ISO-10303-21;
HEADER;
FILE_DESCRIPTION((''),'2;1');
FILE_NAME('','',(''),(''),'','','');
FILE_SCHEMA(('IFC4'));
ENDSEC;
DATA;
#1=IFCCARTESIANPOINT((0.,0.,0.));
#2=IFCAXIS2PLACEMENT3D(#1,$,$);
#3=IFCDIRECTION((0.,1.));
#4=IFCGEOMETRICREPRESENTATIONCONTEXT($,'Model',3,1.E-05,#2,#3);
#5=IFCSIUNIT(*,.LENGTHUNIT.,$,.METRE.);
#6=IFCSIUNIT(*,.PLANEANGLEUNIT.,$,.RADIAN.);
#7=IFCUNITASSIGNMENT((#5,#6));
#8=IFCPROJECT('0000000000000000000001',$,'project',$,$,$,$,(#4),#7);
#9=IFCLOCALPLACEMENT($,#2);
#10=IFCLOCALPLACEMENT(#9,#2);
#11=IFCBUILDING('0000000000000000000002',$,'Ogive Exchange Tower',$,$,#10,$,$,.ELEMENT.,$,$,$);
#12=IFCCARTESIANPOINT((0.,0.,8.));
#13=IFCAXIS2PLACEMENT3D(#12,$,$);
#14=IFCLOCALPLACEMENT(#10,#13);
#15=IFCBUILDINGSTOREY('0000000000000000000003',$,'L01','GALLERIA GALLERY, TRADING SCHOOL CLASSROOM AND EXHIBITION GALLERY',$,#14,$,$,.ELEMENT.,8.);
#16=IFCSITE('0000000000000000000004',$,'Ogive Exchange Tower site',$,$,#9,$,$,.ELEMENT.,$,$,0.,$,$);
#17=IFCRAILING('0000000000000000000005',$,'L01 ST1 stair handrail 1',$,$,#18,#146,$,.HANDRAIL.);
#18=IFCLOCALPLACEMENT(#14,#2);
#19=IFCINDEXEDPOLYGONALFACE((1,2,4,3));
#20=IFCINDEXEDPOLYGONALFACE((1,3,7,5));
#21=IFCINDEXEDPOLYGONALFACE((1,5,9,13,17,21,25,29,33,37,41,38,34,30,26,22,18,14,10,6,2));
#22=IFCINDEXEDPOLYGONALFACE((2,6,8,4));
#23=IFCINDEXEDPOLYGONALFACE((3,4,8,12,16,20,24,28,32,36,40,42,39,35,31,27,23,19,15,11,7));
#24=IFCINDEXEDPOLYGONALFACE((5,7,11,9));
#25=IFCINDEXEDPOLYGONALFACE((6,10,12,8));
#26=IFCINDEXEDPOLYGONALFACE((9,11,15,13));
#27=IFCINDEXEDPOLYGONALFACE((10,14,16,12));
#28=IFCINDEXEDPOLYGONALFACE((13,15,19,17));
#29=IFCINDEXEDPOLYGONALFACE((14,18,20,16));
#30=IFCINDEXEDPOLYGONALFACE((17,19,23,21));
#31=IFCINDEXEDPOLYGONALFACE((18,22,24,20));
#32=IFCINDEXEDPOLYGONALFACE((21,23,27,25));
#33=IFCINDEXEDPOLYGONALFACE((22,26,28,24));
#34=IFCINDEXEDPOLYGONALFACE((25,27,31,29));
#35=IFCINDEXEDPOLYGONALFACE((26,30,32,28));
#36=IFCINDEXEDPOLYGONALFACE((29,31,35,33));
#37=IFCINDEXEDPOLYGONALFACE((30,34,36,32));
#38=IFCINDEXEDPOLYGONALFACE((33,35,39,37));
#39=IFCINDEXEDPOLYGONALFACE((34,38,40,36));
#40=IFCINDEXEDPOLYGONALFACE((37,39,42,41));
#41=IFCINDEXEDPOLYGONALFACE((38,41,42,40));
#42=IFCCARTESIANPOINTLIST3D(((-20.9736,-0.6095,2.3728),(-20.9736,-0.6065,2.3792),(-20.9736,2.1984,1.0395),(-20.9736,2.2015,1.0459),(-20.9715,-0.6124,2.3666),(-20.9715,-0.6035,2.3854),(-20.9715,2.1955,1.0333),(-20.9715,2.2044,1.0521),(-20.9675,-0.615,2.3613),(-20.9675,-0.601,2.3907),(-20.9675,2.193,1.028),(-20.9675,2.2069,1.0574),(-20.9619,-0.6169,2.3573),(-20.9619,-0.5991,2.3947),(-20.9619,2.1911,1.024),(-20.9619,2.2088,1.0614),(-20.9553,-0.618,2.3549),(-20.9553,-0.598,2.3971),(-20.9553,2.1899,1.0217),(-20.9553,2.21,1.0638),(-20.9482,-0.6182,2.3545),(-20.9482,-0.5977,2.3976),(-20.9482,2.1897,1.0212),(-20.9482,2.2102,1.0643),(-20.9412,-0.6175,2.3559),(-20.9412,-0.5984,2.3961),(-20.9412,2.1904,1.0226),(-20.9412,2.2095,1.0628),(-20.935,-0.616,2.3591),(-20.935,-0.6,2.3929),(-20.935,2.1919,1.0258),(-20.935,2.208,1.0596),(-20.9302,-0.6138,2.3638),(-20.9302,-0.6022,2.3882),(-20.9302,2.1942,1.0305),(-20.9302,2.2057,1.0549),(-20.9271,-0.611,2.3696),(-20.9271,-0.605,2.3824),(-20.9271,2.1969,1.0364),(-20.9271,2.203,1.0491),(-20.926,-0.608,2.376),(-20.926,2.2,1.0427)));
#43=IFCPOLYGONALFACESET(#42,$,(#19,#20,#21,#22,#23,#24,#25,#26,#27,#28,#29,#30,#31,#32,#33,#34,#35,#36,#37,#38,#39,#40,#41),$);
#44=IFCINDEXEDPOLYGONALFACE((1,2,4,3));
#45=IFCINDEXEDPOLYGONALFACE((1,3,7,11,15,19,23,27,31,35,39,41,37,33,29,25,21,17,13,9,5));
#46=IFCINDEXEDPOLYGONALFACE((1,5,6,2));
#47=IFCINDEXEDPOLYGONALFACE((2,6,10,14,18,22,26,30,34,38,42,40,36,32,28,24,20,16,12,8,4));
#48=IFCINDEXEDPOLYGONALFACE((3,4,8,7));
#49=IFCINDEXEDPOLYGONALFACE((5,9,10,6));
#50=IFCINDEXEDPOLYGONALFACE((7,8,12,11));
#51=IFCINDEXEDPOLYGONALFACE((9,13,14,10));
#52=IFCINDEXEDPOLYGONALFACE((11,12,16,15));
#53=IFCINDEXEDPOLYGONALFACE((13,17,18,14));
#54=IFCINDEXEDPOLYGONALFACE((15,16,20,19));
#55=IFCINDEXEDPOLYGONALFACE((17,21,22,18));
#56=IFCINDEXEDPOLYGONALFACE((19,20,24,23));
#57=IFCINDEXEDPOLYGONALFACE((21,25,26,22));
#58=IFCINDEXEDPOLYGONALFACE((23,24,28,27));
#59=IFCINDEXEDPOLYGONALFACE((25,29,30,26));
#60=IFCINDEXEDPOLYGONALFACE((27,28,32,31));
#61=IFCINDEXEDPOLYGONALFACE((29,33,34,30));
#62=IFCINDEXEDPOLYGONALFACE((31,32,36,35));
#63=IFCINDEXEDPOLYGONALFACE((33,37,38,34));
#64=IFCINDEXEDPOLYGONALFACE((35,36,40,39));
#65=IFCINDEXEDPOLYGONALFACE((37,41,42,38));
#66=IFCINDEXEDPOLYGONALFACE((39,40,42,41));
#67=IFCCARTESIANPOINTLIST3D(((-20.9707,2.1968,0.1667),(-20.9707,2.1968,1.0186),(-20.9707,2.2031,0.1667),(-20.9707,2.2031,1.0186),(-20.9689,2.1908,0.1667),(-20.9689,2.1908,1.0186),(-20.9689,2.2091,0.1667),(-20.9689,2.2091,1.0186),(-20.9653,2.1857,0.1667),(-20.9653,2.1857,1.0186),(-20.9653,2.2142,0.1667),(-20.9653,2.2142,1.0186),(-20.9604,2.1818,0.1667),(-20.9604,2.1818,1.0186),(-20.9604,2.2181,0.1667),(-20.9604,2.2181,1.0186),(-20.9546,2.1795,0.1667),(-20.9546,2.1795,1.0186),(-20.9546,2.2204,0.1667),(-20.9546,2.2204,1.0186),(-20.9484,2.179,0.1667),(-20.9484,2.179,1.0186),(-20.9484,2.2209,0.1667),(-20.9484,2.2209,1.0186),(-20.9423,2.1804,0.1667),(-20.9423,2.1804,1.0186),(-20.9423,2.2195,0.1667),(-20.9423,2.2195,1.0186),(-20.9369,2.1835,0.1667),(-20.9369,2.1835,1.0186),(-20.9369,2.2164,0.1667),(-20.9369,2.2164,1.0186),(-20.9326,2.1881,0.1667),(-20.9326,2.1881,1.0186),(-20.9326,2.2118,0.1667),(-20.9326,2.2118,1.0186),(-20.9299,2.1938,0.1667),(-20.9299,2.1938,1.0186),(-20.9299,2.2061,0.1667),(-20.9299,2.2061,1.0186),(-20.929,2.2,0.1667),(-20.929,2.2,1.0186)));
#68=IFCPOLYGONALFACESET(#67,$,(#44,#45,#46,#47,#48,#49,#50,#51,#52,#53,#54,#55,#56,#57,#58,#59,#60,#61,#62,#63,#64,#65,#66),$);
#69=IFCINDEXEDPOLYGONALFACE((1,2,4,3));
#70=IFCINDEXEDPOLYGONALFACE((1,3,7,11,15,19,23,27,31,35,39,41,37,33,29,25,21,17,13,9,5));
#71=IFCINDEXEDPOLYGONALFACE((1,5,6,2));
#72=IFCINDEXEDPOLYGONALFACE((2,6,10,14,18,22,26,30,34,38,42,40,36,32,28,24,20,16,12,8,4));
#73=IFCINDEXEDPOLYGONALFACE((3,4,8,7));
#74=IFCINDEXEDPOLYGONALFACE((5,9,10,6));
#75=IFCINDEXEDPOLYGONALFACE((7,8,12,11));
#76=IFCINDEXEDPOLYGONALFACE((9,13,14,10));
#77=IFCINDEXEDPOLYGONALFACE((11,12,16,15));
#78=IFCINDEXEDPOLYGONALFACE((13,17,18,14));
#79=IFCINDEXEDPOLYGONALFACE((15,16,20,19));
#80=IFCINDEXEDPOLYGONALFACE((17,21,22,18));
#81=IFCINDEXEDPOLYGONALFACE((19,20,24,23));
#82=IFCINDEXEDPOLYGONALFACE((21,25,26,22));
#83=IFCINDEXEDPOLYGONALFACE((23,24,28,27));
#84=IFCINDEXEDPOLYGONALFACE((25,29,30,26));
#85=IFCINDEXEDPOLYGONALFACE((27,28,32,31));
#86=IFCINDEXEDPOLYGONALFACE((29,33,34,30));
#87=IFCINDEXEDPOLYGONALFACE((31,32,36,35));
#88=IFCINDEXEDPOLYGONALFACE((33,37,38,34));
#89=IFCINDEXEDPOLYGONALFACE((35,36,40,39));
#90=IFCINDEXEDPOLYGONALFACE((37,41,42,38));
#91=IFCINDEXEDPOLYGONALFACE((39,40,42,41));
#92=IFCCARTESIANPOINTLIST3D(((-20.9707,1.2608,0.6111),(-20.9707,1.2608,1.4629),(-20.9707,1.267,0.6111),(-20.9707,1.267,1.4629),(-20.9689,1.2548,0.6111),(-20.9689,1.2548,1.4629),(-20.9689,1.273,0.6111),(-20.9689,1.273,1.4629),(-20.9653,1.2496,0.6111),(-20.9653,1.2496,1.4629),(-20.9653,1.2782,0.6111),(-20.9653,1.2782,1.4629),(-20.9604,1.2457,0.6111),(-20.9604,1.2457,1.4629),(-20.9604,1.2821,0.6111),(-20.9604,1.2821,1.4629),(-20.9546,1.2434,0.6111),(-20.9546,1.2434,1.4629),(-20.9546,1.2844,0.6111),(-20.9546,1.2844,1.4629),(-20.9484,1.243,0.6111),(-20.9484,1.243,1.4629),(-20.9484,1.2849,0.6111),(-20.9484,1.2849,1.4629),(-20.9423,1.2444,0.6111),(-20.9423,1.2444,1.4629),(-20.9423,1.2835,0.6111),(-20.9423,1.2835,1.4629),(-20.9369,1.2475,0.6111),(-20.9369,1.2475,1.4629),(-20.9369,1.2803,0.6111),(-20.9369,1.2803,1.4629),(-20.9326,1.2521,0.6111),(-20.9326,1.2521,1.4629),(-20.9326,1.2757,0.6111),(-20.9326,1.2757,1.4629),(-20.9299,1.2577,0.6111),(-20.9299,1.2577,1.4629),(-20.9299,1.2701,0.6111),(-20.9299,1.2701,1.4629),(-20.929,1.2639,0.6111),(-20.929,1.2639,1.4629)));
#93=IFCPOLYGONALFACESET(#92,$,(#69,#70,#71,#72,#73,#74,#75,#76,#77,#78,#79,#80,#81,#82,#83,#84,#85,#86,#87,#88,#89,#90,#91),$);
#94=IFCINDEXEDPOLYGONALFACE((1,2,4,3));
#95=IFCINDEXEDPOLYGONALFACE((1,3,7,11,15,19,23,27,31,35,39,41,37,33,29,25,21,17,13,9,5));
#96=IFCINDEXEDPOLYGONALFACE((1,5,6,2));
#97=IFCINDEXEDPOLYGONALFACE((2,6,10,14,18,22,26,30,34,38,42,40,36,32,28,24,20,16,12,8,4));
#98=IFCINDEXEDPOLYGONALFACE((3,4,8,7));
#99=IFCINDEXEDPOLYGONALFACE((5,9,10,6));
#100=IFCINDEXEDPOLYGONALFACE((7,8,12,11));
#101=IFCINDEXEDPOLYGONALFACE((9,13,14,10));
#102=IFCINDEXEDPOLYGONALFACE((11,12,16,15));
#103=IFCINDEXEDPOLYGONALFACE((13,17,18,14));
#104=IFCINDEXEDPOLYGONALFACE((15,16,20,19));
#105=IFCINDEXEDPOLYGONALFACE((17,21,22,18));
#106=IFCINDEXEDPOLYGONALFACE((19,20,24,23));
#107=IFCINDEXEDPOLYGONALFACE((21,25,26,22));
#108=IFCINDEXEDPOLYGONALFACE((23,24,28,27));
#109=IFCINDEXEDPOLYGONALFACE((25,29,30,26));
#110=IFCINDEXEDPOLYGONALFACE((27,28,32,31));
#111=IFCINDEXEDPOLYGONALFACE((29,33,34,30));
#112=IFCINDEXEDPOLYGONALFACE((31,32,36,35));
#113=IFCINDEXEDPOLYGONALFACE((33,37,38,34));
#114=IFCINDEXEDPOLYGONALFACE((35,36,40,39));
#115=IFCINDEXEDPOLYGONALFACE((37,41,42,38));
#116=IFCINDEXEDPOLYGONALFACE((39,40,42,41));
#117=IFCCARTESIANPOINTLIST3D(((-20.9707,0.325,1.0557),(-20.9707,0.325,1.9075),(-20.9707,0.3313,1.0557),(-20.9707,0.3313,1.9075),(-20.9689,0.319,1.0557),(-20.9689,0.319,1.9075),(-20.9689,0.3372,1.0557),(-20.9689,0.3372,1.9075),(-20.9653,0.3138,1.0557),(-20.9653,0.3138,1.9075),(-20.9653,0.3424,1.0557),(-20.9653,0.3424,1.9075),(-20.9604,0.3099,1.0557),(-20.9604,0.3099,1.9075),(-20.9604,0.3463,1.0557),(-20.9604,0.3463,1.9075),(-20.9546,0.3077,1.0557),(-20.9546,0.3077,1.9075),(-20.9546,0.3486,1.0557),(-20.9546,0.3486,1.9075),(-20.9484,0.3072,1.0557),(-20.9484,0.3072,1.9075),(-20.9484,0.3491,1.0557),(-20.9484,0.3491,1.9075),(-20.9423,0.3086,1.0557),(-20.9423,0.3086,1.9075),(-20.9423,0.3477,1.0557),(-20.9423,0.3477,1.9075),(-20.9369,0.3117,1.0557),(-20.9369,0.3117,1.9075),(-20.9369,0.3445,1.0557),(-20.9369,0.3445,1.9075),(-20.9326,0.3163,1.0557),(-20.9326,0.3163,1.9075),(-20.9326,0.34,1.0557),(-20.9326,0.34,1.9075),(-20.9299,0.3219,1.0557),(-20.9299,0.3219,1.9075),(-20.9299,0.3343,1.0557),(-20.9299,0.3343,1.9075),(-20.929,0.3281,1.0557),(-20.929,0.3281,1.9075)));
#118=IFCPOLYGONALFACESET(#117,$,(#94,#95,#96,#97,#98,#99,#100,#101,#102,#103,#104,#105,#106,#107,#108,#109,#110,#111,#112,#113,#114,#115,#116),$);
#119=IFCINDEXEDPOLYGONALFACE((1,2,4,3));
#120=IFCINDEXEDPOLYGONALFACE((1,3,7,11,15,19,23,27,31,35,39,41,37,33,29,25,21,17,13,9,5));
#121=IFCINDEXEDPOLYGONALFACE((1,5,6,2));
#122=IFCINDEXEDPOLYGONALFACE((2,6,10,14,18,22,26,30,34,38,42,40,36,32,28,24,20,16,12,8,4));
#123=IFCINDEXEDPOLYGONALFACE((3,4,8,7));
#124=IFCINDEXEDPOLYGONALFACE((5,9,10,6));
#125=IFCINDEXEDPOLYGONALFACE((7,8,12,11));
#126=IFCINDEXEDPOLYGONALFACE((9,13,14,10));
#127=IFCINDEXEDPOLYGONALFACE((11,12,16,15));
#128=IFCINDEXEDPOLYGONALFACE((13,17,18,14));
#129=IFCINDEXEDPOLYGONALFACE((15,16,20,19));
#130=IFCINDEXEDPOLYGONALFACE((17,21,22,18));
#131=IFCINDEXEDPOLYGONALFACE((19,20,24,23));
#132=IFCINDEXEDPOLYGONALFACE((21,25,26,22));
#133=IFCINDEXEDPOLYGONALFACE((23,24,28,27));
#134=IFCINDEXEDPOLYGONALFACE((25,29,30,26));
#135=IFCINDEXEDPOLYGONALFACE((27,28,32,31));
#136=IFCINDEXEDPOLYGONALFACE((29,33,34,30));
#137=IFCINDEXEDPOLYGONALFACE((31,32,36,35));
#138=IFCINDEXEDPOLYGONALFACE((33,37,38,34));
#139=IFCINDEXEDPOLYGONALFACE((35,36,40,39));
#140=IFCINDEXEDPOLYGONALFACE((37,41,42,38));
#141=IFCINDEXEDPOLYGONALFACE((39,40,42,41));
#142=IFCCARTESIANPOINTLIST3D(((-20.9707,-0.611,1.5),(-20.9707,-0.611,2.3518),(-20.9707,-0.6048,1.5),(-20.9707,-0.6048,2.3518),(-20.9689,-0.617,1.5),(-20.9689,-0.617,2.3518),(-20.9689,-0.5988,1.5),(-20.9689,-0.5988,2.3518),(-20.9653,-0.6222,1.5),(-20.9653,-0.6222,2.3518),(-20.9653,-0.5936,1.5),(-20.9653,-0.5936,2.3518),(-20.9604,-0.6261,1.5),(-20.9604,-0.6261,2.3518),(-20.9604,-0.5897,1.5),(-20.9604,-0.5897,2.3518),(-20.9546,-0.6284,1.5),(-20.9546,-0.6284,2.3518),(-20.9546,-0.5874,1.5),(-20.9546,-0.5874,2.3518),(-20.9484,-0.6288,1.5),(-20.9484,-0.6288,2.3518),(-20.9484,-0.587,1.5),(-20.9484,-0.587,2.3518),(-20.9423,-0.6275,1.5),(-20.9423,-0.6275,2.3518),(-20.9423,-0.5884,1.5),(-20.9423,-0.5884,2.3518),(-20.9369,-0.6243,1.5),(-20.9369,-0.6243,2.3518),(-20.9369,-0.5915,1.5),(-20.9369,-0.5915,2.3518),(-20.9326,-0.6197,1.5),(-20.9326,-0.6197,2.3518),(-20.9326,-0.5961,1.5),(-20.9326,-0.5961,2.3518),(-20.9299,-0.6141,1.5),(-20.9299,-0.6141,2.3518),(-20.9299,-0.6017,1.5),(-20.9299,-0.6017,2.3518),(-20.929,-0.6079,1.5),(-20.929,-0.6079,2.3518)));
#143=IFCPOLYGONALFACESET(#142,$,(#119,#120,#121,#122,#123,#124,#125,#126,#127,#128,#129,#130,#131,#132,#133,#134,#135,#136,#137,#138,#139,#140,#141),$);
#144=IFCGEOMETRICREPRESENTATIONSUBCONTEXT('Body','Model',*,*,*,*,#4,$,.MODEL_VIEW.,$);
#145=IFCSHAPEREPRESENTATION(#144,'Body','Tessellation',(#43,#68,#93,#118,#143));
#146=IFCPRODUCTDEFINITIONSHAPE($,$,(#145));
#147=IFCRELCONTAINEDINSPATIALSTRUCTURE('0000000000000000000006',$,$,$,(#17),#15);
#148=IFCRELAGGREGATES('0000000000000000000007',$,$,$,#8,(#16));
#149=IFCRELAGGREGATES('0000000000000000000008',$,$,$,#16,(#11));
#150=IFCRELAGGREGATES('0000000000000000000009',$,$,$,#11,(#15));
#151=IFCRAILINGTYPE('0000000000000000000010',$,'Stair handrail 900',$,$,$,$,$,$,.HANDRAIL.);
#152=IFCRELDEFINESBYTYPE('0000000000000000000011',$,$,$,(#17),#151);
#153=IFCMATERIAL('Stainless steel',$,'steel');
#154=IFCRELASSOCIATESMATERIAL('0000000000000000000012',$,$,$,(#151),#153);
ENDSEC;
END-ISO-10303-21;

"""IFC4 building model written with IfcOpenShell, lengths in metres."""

from ifc_helpers import new_model, si_unit, direction, frame, origin, origin_2d, place, context, subcontext, project, spatial, circle, extrude, material, type_object, element, save


model = new_model("IFC4")

# Units and contexts
model_context = context("Model", 3, precision=1e-05, world=origin(), true_north=direction((0.0, 1.0)))
body_context = subcontext(model_context, "Body", "Model", "MODEL_VIEW")
ifc_project = project(units=[si_unit("LENGTHUNIT", "METRE"), si_unit("PLANEANGLEUNIT", "RADIAN")], contexts=[model_context])

# Site, building, storey
site_placement = place(None, origin())
site = spatial("IfcSite", under=ifc_project, at=site_placement, Name="Ogive Exchange Tower site", CompositionType="ELEMENT", RefElevation=0.0)
building_placement = place(site_placement, origin())
building = spatial("IfcBuilding", under=site, at=building_placement, Name="Ogive Exchange Tower", CompositionType="ELEMENT")
storey_placement = place(building_placement, frame((0.0, 0.0, 8.0)))
storey = spatial("IfcBuildingStorey", under=building, at=storey_placement, Name="L01", Description="GALLERIA GALLERY, TRADING SCHOOL CLASSROOM AND EXHIBITION GALLERY", CompositionType="ELEMENT", Elevation=8.0)

# Shared definitions
ifc_material_1 = material(Name="Stainless steel", Category="steel")

# Railing
railing_type = type_object("IfcRailingType", Name="Stair handrail 900", PredefinedType="HANDRAIL", material=ifc_material_1)
for number, where, name in (
    (1, (-20.95, 2.2, 0.1667), "L01 ST1 stair handrail 1"),
):
    element("IfcRailing", number, at=place(storey_placement, frame(where)), inside=storey, type_object=railing_type, Name=name, PredefinedType="HANDRAIL", context=body_context, shape_type="SweptSolid", body=[
        extrude(circle(Radius=0.0239, at=origin_2d()), frame((0.0, 0.0, 0.876), z_axis=(0.0, -0.903338, 0.42893), x_axis=(1.0, 0.0, 0.0)), (0.0, 0.0, 1.0), 3.1084),
        extrude(circle(Radius=0.021, at=origin_2d()), origin(), (0.0, 0.0, 1.0), 0.8518),
        extrude(circle(Radius=0.021, at=origin_2d()), frame((0.0, -0.936, 0.4443)), (0.0, 0.0, 1.0), 0.8518),
        extrude(circle(Radius=0.021, at=origin_2d()), frame((0.0, -1.8718, 0.8889)), (0.0, 0.0, 1.0), 0.8518),
        extrude(circle(Radius=0.021, at=origin_2d()), frame((0.0, -2.8079, 1.3333)), (0.0, 0.0, 1.0), 0.8518),
    ])

save(model, "model.ifc")
